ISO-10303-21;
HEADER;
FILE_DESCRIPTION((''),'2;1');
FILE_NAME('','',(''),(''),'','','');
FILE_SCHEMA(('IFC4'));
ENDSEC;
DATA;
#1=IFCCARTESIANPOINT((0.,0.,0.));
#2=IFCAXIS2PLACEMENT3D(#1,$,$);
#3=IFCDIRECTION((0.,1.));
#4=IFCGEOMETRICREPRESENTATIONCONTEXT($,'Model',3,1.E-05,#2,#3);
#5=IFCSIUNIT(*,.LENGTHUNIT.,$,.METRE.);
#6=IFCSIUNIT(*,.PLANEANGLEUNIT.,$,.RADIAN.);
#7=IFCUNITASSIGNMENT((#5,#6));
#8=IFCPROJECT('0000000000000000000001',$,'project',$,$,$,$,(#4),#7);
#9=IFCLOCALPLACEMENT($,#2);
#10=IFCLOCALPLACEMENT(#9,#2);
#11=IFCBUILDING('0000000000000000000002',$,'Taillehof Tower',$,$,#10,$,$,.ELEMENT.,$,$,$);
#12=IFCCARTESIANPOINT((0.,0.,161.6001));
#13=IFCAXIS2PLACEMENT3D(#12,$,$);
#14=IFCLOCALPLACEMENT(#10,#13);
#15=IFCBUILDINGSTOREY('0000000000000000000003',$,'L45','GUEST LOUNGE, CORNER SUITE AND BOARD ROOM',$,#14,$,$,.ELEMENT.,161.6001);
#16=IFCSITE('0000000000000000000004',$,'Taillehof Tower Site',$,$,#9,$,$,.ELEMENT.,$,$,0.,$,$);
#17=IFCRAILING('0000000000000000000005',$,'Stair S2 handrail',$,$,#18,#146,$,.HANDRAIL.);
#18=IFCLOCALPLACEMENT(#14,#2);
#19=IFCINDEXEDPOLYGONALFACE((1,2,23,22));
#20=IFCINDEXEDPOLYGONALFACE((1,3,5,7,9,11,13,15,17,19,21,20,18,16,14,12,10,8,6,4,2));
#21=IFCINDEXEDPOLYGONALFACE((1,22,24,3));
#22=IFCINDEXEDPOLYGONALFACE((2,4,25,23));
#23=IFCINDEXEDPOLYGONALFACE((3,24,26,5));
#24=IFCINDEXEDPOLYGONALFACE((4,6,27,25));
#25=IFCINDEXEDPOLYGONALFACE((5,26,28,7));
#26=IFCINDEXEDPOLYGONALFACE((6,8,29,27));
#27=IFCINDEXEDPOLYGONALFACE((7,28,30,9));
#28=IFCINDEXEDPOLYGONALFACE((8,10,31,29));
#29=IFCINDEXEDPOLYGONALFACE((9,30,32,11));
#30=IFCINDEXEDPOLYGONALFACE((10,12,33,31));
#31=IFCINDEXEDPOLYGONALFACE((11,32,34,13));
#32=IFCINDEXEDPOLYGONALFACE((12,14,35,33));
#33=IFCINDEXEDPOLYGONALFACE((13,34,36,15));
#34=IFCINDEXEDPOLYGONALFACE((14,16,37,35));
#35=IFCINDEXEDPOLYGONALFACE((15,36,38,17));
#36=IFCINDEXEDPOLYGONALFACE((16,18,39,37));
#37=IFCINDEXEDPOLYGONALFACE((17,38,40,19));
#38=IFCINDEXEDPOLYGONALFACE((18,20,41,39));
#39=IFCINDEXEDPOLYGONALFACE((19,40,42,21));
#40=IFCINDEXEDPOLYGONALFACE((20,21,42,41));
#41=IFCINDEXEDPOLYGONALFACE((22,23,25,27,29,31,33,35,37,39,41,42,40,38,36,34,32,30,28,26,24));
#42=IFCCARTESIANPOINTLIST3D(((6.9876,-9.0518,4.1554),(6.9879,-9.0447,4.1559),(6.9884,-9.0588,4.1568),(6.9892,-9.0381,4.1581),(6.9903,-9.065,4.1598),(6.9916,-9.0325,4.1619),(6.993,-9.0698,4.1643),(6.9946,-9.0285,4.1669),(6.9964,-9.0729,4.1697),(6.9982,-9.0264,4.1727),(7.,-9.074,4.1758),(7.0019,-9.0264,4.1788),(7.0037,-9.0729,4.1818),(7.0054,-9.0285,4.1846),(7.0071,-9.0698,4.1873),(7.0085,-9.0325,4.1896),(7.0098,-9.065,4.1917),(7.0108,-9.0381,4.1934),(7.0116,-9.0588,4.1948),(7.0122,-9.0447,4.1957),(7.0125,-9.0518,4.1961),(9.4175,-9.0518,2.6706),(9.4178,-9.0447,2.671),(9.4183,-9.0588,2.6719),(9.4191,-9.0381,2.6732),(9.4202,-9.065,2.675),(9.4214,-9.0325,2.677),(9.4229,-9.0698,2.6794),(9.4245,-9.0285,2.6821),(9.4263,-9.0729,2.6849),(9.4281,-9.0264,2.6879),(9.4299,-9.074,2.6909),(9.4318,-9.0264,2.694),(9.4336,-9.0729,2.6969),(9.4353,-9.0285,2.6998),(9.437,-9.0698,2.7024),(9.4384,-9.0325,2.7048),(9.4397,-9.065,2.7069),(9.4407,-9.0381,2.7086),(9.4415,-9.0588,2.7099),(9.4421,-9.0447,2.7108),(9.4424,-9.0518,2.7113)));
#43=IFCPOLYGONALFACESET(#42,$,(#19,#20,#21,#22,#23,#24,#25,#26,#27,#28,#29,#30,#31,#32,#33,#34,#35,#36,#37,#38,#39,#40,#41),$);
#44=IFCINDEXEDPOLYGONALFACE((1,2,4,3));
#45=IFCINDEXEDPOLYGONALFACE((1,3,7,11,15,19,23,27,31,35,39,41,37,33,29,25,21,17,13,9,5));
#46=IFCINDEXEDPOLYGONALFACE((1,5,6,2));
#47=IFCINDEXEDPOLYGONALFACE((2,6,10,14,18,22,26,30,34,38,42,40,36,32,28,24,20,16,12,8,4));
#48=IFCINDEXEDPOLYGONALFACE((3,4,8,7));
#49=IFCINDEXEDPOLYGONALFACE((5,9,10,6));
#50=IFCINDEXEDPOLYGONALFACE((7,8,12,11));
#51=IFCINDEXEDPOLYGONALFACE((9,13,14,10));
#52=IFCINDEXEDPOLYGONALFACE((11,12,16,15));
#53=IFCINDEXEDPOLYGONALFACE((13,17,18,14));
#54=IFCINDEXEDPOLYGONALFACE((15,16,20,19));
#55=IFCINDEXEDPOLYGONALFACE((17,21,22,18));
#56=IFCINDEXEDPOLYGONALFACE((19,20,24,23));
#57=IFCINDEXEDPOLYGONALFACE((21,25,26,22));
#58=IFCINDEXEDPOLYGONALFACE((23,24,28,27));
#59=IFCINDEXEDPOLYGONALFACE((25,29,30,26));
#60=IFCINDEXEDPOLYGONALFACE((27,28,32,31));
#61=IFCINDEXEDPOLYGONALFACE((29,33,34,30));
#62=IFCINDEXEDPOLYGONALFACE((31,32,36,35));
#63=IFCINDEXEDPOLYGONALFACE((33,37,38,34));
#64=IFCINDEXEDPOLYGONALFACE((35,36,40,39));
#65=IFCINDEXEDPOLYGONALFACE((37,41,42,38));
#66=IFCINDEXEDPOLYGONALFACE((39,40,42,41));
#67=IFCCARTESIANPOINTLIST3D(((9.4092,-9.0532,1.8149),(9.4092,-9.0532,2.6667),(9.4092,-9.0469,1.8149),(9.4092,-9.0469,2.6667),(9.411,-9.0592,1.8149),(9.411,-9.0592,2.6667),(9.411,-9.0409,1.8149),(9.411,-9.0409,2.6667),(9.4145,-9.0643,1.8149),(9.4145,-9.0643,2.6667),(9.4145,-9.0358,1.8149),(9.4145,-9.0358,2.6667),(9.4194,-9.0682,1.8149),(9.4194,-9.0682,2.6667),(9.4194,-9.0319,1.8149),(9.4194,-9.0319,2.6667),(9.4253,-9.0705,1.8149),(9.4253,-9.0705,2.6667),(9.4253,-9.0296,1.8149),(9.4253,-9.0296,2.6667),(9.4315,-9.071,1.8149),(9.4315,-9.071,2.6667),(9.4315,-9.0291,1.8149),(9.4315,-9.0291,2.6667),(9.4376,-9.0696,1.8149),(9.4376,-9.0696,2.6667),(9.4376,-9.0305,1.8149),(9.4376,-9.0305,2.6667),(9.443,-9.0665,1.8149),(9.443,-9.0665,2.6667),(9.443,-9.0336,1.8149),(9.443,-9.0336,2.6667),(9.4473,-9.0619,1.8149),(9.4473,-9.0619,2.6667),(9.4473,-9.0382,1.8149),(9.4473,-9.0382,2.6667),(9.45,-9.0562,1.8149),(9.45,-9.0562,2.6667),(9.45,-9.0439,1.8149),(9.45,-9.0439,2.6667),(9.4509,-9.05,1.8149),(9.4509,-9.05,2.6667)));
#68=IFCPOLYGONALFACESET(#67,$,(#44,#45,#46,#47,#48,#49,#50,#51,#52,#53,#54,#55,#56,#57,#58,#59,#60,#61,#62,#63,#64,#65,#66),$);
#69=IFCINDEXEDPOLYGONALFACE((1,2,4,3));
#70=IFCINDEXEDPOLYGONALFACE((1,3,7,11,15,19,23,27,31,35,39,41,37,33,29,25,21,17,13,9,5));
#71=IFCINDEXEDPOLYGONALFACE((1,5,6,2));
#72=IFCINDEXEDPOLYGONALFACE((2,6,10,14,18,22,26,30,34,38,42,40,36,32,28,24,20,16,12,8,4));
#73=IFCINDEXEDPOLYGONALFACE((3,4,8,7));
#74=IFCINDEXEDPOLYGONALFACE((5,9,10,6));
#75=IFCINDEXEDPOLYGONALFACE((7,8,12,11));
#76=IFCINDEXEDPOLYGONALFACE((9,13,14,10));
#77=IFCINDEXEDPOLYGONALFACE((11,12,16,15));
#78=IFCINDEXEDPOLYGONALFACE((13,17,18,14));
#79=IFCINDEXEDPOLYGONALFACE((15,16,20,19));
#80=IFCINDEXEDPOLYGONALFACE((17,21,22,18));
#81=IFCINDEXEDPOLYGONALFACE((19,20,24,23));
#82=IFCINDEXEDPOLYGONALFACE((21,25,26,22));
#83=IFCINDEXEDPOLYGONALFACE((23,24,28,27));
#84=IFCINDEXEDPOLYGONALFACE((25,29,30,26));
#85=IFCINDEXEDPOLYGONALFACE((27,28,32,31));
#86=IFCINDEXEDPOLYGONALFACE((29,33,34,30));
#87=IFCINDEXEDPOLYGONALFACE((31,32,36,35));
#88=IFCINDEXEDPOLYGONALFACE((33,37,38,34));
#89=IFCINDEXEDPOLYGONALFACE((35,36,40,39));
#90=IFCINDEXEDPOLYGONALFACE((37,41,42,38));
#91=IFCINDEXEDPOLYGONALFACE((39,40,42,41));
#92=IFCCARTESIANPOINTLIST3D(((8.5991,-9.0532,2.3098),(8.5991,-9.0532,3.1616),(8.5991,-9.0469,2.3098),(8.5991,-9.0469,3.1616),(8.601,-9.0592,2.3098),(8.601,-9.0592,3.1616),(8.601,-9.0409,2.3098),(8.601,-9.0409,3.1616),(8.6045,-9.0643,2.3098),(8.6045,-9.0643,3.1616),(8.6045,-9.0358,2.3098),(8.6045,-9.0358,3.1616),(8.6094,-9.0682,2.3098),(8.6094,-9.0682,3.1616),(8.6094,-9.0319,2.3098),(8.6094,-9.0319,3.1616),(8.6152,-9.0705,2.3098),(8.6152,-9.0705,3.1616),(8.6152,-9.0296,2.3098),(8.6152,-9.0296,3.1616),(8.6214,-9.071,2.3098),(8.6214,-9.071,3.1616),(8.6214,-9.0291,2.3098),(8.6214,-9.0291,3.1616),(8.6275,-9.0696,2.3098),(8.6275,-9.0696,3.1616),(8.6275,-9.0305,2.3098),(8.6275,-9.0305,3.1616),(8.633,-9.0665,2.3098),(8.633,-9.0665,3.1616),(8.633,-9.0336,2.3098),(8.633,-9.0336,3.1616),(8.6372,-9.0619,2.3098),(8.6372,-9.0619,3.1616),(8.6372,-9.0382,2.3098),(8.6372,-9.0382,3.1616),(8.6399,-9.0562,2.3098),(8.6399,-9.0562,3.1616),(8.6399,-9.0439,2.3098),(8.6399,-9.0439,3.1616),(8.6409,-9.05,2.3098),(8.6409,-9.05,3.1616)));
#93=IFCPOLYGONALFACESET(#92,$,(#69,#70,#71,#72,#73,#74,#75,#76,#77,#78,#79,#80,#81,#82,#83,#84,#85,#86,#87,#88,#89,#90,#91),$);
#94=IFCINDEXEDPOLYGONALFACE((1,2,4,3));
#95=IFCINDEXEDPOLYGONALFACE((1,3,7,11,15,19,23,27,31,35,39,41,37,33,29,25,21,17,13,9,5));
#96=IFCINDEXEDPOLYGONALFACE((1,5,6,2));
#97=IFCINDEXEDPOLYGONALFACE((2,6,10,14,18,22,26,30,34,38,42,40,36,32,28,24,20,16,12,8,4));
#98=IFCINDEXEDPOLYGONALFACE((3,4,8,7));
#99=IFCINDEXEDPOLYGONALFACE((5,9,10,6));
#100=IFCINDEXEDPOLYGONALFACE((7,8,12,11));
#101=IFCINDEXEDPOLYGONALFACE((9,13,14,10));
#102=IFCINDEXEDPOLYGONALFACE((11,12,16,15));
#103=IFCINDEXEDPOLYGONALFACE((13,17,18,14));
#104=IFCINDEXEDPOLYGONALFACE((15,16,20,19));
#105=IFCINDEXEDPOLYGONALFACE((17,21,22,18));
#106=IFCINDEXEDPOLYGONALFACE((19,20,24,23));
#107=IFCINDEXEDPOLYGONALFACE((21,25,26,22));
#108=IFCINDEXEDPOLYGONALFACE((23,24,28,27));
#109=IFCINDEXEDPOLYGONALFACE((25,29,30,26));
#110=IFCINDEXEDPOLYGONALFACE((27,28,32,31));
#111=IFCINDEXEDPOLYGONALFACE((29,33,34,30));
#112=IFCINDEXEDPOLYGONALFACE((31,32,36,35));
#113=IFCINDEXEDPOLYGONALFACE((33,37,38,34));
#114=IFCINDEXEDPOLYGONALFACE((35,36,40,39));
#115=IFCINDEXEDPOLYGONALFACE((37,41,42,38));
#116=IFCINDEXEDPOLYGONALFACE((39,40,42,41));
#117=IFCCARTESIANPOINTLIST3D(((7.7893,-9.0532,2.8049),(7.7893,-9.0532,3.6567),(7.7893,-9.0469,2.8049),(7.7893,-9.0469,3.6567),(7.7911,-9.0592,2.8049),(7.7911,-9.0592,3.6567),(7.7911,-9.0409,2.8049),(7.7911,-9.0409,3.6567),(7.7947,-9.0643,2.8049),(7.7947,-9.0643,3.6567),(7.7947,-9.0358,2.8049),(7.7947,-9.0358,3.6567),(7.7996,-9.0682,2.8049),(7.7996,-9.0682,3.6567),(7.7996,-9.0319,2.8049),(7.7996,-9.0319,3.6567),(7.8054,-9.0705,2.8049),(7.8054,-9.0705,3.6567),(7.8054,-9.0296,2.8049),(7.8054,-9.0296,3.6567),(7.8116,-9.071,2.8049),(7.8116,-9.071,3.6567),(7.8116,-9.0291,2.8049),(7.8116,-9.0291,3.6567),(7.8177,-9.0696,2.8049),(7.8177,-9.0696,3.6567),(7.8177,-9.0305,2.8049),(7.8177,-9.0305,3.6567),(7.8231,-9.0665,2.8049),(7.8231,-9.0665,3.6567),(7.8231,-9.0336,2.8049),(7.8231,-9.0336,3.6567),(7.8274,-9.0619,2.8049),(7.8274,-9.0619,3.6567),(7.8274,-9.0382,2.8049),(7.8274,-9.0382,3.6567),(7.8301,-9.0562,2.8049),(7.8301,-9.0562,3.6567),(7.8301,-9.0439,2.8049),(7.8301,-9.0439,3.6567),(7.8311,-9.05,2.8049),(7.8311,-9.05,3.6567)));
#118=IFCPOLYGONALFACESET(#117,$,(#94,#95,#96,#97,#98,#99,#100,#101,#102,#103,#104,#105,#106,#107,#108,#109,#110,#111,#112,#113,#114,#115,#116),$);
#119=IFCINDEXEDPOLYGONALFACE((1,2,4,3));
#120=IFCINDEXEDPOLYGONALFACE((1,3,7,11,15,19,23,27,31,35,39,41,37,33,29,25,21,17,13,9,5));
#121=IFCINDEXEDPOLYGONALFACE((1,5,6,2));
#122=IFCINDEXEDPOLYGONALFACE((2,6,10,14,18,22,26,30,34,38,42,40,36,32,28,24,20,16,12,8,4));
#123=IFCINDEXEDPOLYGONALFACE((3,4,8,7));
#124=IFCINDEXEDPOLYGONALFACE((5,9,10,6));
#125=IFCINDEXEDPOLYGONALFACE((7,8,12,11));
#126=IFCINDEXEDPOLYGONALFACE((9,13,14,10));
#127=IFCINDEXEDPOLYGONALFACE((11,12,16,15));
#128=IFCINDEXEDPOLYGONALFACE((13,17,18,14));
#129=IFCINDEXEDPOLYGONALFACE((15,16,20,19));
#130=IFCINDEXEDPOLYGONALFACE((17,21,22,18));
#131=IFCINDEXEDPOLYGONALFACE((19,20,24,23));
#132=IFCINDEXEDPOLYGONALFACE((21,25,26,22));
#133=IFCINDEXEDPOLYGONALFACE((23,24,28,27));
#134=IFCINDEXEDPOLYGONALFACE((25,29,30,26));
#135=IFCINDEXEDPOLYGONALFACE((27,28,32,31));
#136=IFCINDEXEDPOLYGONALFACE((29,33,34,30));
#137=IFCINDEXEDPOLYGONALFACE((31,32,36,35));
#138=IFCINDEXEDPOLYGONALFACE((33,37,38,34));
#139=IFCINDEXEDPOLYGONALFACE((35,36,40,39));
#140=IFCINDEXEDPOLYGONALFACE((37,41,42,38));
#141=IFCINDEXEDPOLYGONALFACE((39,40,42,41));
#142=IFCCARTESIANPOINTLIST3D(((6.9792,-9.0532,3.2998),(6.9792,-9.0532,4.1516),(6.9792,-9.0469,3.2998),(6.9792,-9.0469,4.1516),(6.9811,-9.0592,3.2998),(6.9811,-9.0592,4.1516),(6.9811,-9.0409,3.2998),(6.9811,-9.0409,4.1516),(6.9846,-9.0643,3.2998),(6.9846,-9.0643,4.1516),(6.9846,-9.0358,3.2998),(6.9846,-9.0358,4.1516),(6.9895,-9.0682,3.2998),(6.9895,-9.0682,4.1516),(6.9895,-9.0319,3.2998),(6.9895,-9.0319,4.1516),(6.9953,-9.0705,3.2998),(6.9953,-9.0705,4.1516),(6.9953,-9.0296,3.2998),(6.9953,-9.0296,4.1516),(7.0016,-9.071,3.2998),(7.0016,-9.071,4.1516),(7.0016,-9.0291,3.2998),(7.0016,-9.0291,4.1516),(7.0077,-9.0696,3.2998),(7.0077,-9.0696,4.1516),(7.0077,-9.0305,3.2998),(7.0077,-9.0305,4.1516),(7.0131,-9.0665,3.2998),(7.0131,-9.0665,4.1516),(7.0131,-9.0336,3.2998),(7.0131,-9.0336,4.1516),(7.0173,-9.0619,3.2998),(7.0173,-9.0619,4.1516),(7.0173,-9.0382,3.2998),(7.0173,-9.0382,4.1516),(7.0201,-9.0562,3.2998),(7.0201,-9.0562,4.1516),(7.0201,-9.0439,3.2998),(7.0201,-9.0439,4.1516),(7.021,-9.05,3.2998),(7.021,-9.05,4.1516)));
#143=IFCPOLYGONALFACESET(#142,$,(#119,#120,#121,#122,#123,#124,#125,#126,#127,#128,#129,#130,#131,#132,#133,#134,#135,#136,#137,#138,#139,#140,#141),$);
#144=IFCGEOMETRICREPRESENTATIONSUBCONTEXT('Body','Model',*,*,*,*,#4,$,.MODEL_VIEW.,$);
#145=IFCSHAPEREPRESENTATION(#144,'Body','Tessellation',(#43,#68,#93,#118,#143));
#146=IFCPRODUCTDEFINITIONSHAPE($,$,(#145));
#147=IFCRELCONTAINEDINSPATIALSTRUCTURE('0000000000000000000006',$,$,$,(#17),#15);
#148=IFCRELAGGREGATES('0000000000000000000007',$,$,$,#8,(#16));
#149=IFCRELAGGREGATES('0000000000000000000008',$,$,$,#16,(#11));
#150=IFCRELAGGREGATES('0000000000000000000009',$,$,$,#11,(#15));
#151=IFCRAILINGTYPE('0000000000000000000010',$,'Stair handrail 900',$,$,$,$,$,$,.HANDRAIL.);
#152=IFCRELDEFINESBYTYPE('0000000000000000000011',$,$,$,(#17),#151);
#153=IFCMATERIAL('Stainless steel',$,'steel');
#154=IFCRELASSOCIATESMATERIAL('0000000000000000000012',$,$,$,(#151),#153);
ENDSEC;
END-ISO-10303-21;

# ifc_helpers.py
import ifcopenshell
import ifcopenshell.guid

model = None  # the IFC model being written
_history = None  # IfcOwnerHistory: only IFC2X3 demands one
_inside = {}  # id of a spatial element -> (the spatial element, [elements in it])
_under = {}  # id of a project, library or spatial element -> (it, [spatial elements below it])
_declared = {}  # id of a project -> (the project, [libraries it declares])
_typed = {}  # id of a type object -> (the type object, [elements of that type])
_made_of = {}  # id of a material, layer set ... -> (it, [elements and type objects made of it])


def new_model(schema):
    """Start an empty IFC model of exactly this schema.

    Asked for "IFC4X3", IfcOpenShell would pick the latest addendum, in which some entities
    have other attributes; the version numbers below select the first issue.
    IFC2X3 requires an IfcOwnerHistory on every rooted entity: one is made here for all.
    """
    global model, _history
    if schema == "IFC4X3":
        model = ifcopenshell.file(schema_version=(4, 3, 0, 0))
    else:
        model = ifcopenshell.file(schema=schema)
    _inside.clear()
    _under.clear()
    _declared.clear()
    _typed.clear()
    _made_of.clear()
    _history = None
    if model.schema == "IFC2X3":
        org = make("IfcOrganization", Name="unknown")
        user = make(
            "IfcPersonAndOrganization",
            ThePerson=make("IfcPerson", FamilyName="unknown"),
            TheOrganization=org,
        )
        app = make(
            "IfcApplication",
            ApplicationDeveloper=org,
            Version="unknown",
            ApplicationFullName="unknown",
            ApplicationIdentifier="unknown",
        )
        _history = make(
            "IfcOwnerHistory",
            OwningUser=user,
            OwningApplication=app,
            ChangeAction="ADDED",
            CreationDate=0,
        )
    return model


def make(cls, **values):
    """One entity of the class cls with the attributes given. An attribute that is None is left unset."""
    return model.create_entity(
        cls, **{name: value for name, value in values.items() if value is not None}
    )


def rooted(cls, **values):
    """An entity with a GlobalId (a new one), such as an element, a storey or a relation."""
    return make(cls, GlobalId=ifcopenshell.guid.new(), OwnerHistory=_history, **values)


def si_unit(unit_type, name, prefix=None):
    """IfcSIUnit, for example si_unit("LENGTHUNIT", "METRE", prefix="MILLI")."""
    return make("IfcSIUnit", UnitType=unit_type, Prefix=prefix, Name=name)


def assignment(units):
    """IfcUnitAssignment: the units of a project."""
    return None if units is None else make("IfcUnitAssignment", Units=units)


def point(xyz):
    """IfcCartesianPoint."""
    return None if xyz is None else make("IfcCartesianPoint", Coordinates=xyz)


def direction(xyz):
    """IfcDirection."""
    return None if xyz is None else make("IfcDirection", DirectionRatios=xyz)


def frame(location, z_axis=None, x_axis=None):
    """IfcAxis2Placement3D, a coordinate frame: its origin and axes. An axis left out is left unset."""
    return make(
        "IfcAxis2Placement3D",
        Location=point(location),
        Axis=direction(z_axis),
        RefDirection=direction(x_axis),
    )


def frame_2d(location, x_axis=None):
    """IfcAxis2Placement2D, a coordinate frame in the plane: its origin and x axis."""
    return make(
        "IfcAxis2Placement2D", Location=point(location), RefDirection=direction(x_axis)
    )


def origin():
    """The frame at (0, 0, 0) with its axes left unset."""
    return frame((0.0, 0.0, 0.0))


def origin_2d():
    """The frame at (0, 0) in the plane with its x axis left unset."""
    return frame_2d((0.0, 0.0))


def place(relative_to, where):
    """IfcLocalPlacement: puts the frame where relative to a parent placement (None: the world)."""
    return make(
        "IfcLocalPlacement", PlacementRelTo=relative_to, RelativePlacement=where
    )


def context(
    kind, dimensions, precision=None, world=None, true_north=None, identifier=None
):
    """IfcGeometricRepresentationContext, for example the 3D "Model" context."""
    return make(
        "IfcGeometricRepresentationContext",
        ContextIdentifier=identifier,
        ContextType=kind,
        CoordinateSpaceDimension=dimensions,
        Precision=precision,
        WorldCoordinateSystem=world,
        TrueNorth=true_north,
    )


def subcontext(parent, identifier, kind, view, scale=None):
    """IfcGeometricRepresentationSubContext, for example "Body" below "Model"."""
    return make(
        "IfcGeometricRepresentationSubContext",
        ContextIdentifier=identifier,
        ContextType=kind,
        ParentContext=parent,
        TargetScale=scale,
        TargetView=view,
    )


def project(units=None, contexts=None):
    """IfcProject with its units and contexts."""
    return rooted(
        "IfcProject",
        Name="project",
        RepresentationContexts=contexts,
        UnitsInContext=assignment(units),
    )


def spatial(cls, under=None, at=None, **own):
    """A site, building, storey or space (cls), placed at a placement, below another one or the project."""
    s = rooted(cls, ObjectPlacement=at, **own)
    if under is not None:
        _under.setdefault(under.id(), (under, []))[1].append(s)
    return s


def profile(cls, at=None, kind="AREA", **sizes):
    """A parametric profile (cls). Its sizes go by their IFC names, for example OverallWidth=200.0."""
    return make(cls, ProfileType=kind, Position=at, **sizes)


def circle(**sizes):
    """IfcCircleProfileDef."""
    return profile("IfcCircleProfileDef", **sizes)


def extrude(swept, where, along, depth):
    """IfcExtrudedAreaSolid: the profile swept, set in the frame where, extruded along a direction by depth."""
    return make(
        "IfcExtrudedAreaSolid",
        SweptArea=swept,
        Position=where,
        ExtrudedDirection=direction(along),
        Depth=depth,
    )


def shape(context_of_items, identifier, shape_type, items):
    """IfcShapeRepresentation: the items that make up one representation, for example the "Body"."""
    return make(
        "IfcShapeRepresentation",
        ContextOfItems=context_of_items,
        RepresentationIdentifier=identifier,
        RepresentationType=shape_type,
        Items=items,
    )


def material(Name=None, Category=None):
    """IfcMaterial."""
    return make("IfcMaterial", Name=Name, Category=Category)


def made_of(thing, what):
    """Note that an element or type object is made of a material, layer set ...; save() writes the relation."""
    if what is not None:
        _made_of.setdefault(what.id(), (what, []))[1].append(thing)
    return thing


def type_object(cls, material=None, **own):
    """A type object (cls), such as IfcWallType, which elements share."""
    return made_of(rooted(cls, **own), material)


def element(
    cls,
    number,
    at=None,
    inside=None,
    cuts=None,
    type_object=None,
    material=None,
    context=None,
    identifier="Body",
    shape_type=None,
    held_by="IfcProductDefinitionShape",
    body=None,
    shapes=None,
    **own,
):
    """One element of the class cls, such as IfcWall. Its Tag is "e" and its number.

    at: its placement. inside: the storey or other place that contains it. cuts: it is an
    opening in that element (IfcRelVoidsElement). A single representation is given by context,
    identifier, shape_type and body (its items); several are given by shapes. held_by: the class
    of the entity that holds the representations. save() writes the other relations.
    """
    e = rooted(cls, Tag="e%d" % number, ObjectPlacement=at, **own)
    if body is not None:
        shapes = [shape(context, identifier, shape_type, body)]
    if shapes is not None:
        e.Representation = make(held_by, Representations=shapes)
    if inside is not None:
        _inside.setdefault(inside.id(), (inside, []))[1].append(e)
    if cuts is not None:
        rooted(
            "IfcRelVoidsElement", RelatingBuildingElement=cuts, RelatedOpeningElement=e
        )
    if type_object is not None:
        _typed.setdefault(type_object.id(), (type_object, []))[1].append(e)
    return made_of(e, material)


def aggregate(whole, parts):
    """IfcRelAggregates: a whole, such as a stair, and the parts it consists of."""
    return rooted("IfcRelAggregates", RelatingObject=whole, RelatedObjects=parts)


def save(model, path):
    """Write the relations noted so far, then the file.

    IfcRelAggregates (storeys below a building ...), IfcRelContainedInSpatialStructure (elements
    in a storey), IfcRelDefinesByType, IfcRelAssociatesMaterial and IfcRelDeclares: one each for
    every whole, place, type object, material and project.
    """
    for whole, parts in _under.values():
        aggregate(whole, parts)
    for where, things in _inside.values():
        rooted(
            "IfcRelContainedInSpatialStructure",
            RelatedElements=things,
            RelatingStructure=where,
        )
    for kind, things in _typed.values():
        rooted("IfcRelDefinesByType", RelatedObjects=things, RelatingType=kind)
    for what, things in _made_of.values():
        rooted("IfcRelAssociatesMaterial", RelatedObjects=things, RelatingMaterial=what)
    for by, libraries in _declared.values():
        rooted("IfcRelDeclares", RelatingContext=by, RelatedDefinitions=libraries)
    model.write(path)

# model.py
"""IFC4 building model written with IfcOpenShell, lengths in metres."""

from ifc_helpers import new_model, si_unit, direction, frame, origin, origin_2d, place, context, subcontext, project, spatial, circle, extrude, material, type_object, element, save


model = new_model("IFC4")

# Units and contexts
model_context = context("Model", 3, precision=1e-05, world=origin(), true_north=direction((0.0, 1.0)))
body_context = subcontext(model_context, "Body", "Model", "MODEL_VIEW")
ifc_project = project(units=[si_unit("LENGTHUNIT", "METRE"), si_unit("PLANEANGLEUNIT", "RADIAN")], contexts=[model_context])

# Site, building, storey
site_placement = place(None, origin())
site = spatial("IfcSite", under=ifc_project, at=site_placement, Name="Taillehof Tower Site", CompositionType="ELEMENT", RefElevation=0.0)
building_placement = place(site_placement, origin())
building = spatial("IfcBuilding", under=site, at=building_placement, Name="Taillehof Tower", CompositionType="ELEMENT")
storey_placement = place(building_placement, frame((0.0, 0.0, 161.6001)))
storey = spatial("IfcBuildingStorey", under=building, at=storey_placement, Name="L45", Description="GUEST LOUNGE, CORNER SUITE AND BOARD ROOM", CompositionType="ELEMENT", Elevation=161.6001)

# Railing
ifc_material_1 = material(Name="Stainless steel", Category="steel")
railing_type = type_object("IfcRailingType", Name="Stair handrail 900", PredefinedType="HANDRAIL", material=ifc_material_1)
railing_placement = place(storey_placement, frame((9.4299, -9.05, 1.8149)))
element("IfcRailing", 1, at=railing_placement, inside=storey, type_object=railing_type, Name="Stair S2 handrail", PredefinedType="HANDRAIL", context=body_context, shape_type="SweptSolid", body=[
    extrude(circle(Radius=0.0239, at=origin_2d()), frame((0.0, 0.0, 0.876), z_axis=(-0.853297, 0.0, 0.521426), x_axis=(0.0, -1.0, 0.0)), (0.0, 0.0, 1.0), 2.8477),
    extrude(circle(Radius=0.021, at=origin_2d()), origin(), (0.0, 0.0, 1.0), 0.8518),
    extrude(circle(Radius=0.021, at=origin_2d()), frame((-0.8101, 0.0, 0.4949)), (0.0, 0.0, 1.0), 0.8518),
    extrude(circle(Radius=0.021, at=origin_2d()), frame((-1.6199, 0.0, 0.99)), (0.0, 0.0, 1.0), 0.8518),
    extrude(circle(Radius=0.021, at=origin_2d()), frame((-2.4299, 0.0, 1.4849)), (0.0, 0.0, 1.0), 0.8518),
])

save(model, "model.ifc")
